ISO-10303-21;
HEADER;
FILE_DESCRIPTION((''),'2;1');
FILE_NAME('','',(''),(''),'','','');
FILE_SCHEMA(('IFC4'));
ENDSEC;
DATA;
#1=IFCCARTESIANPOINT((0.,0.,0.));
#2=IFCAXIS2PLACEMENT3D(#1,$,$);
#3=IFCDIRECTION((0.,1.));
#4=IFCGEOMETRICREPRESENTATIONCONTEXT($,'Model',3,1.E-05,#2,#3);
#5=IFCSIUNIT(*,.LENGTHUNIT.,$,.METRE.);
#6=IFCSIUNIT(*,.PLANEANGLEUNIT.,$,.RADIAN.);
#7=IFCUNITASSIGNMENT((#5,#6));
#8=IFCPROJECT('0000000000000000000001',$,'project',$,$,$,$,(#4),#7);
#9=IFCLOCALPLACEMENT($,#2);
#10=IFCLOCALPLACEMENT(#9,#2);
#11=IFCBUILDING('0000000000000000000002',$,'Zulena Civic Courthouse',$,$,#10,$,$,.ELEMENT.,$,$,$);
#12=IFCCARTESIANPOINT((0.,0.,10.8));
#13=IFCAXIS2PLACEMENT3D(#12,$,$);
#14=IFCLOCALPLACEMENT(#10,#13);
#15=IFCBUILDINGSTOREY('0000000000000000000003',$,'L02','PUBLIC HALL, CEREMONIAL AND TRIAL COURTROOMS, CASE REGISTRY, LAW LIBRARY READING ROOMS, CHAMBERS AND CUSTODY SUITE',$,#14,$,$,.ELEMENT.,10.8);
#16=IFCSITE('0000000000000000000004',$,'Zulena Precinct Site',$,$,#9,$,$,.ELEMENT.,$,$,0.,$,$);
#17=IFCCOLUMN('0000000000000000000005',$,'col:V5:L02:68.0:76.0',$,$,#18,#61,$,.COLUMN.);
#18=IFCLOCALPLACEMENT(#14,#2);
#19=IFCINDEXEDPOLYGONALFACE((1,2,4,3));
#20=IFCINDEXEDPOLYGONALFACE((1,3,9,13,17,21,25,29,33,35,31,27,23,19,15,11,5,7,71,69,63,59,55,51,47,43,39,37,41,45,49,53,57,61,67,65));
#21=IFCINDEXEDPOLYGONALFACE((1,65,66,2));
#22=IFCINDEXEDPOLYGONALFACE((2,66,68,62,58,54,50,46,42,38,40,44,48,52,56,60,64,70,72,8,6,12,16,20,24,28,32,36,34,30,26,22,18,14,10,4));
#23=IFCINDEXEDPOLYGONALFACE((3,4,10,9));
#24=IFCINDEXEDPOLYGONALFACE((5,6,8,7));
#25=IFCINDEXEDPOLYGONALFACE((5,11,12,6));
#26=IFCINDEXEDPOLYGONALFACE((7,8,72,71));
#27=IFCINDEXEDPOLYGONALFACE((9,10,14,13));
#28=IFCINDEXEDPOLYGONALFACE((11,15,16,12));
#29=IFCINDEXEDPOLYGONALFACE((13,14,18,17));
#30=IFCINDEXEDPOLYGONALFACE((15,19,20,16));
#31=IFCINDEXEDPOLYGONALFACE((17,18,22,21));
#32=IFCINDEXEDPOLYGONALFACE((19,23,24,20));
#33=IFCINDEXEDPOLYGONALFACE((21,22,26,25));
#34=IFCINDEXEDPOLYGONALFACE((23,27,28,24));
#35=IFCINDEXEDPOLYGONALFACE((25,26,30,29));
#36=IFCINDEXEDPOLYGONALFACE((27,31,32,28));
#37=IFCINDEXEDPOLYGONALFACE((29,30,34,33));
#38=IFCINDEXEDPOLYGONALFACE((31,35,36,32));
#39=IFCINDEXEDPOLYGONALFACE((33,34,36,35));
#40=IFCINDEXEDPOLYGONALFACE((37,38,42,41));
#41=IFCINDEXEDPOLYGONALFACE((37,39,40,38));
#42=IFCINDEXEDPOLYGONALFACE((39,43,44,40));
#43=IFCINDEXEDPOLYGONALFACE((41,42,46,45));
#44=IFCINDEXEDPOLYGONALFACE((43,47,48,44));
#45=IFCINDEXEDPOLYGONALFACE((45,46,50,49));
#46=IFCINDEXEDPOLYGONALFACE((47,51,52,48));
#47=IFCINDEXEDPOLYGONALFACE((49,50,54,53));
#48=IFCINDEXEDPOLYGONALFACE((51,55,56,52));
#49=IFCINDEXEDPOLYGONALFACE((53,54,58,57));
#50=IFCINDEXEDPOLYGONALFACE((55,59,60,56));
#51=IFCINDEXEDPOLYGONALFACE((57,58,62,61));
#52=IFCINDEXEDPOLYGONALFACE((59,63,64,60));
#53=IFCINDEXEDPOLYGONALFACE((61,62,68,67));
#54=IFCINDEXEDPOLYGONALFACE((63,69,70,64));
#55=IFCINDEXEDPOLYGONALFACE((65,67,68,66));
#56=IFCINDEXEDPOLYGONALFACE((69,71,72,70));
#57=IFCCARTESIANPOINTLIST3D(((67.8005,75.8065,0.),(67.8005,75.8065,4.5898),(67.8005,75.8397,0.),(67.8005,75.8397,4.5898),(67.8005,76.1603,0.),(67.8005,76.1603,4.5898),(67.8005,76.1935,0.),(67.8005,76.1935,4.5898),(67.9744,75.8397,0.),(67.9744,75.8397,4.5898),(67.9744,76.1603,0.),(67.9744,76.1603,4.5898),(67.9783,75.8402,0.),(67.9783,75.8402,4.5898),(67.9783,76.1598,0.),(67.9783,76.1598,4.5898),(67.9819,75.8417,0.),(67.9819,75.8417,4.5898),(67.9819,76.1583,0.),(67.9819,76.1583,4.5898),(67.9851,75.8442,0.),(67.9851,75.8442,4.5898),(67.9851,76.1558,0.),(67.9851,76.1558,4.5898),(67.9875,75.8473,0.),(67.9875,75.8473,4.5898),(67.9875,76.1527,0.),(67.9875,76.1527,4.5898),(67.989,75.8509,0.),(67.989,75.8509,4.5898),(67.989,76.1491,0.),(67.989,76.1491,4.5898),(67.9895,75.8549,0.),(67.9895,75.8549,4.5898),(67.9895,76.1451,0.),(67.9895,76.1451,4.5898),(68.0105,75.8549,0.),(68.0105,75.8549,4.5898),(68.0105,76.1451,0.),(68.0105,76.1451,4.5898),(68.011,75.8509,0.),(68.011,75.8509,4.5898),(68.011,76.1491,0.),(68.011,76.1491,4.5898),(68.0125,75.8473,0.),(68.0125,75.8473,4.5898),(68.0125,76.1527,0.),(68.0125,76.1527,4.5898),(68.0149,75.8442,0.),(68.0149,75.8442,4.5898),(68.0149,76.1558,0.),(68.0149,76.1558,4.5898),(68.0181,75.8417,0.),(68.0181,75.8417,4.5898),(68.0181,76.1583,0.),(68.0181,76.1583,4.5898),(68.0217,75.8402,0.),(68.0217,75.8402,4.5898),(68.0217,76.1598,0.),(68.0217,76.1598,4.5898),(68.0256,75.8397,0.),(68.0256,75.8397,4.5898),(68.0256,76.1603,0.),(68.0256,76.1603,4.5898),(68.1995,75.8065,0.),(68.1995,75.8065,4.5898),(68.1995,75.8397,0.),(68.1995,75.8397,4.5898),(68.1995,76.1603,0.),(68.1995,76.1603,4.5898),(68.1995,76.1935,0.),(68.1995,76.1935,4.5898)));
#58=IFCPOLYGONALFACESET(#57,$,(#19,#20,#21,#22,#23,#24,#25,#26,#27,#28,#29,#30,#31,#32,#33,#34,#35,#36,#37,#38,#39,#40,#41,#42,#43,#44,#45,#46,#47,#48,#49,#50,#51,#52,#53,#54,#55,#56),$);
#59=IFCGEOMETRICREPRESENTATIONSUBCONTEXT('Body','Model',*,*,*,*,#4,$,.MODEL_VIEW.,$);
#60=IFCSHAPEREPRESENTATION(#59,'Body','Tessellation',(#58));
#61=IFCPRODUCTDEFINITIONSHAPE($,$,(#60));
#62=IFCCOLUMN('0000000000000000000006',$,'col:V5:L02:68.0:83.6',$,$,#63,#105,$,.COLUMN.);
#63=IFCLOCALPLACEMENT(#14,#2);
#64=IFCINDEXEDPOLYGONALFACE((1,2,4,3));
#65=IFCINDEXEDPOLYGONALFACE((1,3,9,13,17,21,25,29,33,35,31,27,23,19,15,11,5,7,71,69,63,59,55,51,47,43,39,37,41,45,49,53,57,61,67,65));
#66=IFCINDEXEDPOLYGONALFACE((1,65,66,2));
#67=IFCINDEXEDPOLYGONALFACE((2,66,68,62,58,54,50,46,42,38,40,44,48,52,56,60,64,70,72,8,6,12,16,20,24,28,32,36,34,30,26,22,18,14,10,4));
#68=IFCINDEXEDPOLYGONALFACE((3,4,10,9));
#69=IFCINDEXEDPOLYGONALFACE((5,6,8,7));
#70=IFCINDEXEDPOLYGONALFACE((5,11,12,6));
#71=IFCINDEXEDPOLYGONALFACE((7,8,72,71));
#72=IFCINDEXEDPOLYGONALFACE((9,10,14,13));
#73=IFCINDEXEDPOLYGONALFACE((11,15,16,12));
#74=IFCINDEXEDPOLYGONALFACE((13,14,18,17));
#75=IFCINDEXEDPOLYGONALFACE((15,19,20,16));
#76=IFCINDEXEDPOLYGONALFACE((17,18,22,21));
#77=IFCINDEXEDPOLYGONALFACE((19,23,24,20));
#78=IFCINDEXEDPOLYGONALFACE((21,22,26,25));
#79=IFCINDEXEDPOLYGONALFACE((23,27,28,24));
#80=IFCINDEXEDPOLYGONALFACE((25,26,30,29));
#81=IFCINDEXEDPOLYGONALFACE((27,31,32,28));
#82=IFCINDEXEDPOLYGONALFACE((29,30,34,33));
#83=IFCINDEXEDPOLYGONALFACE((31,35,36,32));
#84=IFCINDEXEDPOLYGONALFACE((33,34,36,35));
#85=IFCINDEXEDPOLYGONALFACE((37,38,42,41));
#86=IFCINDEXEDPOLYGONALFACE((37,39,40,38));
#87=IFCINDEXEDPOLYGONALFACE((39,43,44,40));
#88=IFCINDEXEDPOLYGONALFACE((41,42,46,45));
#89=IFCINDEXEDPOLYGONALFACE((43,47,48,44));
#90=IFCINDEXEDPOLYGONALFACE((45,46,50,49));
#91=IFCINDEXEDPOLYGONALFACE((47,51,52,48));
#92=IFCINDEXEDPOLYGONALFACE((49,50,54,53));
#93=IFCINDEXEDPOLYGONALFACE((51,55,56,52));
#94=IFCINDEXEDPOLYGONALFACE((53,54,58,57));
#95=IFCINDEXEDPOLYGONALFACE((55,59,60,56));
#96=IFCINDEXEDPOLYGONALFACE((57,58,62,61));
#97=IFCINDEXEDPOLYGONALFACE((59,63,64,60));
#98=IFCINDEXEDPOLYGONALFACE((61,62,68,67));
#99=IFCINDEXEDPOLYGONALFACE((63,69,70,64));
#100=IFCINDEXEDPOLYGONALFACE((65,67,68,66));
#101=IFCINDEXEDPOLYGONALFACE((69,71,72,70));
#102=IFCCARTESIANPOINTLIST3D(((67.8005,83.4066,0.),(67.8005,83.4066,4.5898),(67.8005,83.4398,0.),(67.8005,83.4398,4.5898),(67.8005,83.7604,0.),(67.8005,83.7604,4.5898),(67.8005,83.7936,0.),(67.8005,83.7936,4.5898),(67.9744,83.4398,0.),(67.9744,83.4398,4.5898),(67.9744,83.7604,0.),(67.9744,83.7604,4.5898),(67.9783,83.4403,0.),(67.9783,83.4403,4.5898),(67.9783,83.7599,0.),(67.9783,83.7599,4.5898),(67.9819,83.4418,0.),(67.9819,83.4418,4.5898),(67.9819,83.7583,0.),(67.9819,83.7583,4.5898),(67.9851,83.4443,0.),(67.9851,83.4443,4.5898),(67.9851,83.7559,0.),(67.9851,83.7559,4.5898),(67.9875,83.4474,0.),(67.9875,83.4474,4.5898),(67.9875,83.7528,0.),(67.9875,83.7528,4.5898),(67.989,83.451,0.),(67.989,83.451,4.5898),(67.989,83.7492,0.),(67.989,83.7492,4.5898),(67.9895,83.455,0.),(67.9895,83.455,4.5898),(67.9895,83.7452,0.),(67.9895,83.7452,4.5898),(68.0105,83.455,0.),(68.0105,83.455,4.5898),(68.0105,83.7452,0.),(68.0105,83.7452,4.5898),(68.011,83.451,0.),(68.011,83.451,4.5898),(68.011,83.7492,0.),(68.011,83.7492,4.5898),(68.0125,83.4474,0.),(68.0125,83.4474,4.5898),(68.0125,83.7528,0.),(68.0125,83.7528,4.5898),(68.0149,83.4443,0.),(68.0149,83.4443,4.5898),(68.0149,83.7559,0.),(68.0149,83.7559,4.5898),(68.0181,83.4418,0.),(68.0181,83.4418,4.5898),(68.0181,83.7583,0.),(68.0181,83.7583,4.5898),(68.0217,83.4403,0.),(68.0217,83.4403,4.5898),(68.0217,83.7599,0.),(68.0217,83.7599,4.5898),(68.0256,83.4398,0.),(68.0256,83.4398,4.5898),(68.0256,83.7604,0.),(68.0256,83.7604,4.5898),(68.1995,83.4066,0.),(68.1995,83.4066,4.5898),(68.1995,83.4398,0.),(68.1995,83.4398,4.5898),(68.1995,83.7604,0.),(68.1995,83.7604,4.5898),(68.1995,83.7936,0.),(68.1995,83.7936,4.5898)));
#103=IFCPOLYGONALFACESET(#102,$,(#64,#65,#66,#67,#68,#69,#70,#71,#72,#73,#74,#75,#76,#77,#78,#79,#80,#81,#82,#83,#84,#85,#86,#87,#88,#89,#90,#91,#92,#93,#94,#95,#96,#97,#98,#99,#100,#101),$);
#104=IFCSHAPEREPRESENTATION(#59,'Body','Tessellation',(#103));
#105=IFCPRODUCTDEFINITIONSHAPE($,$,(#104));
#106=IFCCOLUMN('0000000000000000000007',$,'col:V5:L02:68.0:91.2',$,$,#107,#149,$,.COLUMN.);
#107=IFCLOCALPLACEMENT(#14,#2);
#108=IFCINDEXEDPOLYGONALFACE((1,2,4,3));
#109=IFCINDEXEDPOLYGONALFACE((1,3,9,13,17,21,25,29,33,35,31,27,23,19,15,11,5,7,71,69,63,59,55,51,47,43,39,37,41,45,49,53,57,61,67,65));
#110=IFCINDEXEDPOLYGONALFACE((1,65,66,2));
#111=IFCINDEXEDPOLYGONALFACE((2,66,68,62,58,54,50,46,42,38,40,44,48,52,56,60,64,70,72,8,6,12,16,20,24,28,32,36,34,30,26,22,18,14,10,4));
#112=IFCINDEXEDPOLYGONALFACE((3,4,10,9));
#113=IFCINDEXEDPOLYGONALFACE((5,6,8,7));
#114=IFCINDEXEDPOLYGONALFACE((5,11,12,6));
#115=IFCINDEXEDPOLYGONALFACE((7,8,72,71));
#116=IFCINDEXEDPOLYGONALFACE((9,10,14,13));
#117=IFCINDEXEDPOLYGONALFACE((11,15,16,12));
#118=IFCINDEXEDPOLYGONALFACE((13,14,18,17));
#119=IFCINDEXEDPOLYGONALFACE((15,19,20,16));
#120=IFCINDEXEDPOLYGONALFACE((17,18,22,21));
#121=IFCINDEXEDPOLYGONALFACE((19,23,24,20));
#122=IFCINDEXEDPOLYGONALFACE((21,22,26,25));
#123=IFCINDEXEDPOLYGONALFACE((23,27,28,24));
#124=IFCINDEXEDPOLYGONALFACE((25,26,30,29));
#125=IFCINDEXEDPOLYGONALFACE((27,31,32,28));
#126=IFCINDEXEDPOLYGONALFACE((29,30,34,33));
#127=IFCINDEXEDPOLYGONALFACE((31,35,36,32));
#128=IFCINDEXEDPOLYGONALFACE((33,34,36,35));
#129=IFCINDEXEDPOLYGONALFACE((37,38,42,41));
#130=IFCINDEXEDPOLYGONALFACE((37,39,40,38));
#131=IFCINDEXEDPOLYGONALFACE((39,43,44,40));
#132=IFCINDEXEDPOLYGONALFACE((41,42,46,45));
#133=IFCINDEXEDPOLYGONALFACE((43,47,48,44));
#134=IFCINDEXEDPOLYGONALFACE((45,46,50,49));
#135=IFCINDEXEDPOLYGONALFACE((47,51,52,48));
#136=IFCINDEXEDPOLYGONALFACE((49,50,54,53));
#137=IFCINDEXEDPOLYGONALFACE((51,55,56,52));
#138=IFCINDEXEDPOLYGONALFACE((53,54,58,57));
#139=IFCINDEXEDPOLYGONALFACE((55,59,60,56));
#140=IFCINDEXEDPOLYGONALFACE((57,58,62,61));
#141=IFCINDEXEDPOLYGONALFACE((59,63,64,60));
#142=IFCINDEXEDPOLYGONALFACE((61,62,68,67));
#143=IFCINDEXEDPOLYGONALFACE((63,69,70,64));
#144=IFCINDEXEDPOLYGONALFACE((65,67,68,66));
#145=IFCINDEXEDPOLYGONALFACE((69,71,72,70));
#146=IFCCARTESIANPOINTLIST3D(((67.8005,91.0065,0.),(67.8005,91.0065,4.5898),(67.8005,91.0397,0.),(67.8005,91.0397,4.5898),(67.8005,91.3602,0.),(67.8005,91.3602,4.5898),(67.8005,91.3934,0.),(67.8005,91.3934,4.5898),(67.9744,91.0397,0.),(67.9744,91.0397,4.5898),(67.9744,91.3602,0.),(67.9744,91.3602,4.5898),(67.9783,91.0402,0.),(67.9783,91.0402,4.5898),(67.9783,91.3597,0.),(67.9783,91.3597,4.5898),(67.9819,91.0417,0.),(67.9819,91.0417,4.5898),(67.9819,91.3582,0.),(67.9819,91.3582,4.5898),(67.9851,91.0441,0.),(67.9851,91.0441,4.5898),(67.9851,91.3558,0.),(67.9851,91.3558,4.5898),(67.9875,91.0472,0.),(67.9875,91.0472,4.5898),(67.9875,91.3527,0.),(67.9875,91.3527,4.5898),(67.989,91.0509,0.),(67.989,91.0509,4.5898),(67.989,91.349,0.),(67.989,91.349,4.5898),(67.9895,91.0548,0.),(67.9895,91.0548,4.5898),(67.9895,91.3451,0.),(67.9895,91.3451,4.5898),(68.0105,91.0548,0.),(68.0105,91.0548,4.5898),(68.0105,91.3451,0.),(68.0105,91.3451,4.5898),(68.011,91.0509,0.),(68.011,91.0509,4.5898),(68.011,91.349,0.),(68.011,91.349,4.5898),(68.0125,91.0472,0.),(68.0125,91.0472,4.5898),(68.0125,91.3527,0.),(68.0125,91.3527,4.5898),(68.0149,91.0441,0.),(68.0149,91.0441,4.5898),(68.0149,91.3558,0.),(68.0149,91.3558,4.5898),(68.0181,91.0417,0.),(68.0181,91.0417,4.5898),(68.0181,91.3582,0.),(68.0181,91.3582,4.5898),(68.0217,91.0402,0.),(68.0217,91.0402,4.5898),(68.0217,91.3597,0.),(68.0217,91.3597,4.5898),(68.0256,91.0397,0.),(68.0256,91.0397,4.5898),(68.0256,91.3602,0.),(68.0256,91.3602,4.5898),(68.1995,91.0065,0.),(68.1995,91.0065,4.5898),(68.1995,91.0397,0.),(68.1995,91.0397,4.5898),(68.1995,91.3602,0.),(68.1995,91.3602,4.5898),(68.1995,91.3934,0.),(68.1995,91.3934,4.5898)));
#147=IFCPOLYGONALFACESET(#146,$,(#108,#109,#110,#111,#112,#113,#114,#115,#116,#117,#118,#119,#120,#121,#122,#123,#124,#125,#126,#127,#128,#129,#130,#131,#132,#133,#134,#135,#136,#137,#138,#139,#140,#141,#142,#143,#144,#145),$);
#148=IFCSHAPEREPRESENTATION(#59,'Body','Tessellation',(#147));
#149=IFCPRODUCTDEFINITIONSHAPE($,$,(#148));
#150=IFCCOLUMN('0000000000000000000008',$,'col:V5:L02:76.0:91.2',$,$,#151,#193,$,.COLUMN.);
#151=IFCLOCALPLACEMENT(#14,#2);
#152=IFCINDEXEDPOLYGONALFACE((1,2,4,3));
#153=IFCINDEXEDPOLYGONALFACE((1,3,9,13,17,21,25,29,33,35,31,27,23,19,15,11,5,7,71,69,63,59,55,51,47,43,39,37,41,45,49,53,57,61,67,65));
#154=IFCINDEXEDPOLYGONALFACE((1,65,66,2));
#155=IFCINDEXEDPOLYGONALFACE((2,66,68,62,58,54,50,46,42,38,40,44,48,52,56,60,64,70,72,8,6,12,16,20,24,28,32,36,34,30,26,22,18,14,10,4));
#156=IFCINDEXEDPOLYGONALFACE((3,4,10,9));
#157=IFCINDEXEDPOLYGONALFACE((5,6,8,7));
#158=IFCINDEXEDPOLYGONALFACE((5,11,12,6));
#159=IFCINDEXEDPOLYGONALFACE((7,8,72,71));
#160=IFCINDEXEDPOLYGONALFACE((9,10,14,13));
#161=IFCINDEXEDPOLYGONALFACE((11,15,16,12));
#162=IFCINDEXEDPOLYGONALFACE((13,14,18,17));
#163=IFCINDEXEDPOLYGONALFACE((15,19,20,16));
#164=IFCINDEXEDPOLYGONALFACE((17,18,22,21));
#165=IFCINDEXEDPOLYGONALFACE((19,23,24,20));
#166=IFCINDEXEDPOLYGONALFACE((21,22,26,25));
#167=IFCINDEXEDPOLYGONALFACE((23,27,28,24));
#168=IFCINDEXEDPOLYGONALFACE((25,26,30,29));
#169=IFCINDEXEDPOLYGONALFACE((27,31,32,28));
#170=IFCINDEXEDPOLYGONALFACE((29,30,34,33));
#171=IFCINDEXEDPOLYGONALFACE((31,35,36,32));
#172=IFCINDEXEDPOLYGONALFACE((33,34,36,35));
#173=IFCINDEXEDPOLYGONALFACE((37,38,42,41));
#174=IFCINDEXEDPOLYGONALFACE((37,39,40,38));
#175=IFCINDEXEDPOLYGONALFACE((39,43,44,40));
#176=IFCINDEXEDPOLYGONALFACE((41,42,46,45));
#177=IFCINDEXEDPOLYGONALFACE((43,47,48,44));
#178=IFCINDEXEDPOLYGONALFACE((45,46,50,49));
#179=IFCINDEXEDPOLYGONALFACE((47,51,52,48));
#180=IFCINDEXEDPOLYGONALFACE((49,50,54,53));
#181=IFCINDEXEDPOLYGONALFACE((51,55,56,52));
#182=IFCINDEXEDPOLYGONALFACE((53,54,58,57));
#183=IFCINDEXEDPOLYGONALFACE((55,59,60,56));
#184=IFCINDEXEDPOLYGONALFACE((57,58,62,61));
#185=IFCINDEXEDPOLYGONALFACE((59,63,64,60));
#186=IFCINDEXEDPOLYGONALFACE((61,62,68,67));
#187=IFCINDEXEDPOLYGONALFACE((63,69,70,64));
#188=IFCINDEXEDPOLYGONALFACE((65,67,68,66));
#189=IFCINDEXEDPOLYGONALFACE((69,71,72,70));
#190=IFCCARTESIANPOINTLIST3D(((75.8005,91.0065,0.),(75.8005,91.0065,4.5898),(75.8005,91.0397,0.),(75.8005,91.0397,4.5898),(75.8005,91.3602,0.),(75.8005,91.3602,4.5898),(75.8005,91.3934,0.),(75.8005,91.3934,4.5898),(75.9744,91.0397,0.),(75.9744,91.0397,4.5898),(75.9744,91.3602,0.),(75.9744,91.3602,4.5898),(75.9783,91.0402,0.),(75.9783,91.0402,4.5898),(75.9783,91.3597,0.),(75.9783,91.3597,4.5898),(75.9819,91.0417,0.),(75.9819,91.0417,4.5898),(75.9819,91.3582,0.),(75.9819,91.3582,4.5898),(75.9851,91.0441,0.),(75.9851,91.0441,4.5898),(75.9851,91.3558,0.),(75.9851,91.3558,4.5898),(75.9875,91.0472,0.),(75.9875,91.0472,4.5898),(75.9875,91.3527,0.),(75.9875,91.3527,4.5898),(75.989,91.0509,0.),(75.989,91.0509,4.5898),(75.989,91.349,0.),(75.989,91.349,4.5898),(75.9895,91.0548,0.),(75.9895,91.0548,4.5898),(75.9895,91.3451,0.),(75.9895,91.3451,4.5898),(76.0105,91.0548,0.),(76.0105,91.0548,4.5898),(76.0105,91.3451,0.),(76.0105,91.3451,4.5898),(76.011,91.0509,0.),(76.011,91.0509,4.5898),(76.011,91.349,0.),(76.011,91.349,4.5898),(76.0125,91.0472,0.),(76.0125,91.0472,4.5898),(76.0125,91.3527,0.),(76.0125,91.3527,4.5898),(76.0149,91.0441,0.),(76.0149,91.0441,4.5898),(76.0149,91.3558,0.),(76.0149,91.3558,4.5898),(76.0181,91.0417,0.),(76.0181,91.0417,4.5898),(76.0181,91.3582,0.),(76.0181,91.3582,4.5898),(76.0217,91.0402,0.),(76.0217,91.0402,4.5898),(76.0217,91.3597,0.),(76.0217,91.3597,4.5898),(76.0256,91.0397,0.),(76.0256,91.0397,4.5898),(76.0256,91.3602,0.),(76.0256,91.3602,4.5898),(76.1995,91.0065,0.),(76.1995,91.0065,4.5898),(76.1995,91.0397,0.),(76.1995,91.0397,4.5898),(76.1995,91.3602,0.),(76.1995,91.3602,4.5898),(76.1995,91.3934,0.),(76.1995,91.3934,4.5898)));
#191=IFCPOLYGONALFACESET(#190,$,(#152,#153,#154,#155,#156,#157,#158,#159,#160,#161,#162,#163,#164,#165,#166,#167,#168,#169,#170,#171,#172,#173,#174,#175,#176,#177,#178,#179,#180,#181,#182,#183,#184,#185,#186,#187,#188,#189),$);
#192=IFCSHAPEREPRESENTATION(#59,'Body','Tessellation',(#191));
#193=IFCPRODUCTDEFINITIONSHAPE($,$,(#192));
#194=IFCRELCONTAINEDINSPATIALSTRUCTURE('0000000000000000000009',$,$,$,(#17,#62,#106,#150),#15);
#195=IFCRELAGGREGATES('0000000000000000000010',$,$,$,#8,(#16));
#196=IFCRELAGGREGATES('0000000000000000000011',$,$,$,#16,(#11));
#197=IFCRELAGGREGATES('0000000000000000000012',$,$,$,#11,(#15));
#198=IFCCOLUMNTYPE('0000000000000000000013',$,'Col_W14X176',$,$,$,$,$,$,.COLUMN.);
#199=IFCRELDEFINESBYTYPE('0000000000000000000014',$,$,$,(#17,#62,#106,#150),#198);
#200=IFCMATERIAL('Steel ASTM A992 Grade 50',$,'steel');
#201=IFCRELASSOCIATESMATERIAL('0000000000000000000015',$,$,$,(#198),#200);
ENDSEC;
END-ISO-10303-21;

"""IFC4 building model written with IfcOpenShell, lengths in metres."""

from ifc_helpers import new_model, si_unit, direction, frame, origin, origin_2d, place, context, subcontext, project, spatial, i_section, extrude, material, material_profile, profile_set, type_object, element, save


model = new_model("IFC4")

# Units and contexts
model_context = context("Model", 3, precision=1e-05, world=origin(), true_north=direction((0.0, 1.0)))
body_context = subcontext(model_context, "Body", "Model", "MODEL_VIEW")
ifc_project = project(units=[si_unit("LENGTHUNIT", "METRE"), si_unit("PLANEANGLEUNIT", "RADIAN")], contexts=[model_context])

# Site, building, storey
site_placement = place(None, origin())
site = spatial("IfcSite", under=ifc_project, at=site_placement, Name="Zulena Precinct Site", CompositionType="ELEMENT", RefElevation=0.0)
building_placement = place(site_placement, origin())
building = spatial("IfcBuilding", under=site, at=building_placement, Name="Zulena Civic Courthouse", CompositionType="ELEMENT")
storey_placement = place(building_placement, frame((0.0, 0.0, 10.8)))
storey = spatial("IfcBuildingStorey", under=building, at=storey_placement, Name="L02", Description="PUBLIC HALL, CEREMONIAL AND TRIAL COURTROOMS, CASE REGISTRY, LAW LIBRARY READING ROOMS, CHAMBERS AND CUSTODY SUITE", CompositionType="ELEMENT", Elevation=10.8)

# Columns
ifc_material_1 = material(Name="Steel ASTM A992 Grade 50", Category="steel")
ifc_material_profile_1 = material_profile(ifc_material_1, i_section(OverallWidth=0.3989, OverallDepth=0.387, WebThickness=0.021, FlangeThickness=0.0332, FilletRadius=0.0151, at=origin_2d()), Name="W14X176")
ifc_profile_set_1 = profile_set([ifc_material_profile_1], Name="Steel ASTM A992 Grade 50")
column_type_1 = type_object("IfcColumnType", Name="Col_W14X176", PredefinedType="COLUMN", material=ifc_profile_set_1)
for number, where, z_axis, x_axis, name in (
    (1, (68.0, 76.0, 0.0), (0.0, 0.0, 1.0), (1.0, 0.0, 0.0), "col:V5:L02:68.0:76.0"),
    (2, (68.0, 83.6001, 0.0), (0.0, 0.0, 1.0), (1.0, 0.0, 0.0), "col:V5:L02:68.0:83.6"),
    (3, (68.0, 91.2, 0.0), (0.0, 0.0, 1.0), (1.0, 0.0, 0.0), "col:V5:L02:68.0:91.2"),
    (4, (76.0, 91.2, 0.0), (0.0, 0.0, 1.0), (1.0, 0.0, 0.0), "col:V5:L02:76.0:91.2"),
):
    element("IfcColumn", number, at=place(storey_placement, frame(where, z_axis=z_axis, x_axis=x_axis)), inside=storey, type_object=column_type_1, Name=name, PredefinedType="COLUMN", context=body_context, shape_type="SweptSolid", body=[
        extrude(i_section(OverallWidth=0.3989, OverallDepth=0.387, WebThickness=0.021, FlangeThickness=0.0332, FilletRadius=0.0151, at=origin_2d()), origin(), (0.0, 0.0, 1.0), 4.5898),
    ])

save(model, "model.ifc")
